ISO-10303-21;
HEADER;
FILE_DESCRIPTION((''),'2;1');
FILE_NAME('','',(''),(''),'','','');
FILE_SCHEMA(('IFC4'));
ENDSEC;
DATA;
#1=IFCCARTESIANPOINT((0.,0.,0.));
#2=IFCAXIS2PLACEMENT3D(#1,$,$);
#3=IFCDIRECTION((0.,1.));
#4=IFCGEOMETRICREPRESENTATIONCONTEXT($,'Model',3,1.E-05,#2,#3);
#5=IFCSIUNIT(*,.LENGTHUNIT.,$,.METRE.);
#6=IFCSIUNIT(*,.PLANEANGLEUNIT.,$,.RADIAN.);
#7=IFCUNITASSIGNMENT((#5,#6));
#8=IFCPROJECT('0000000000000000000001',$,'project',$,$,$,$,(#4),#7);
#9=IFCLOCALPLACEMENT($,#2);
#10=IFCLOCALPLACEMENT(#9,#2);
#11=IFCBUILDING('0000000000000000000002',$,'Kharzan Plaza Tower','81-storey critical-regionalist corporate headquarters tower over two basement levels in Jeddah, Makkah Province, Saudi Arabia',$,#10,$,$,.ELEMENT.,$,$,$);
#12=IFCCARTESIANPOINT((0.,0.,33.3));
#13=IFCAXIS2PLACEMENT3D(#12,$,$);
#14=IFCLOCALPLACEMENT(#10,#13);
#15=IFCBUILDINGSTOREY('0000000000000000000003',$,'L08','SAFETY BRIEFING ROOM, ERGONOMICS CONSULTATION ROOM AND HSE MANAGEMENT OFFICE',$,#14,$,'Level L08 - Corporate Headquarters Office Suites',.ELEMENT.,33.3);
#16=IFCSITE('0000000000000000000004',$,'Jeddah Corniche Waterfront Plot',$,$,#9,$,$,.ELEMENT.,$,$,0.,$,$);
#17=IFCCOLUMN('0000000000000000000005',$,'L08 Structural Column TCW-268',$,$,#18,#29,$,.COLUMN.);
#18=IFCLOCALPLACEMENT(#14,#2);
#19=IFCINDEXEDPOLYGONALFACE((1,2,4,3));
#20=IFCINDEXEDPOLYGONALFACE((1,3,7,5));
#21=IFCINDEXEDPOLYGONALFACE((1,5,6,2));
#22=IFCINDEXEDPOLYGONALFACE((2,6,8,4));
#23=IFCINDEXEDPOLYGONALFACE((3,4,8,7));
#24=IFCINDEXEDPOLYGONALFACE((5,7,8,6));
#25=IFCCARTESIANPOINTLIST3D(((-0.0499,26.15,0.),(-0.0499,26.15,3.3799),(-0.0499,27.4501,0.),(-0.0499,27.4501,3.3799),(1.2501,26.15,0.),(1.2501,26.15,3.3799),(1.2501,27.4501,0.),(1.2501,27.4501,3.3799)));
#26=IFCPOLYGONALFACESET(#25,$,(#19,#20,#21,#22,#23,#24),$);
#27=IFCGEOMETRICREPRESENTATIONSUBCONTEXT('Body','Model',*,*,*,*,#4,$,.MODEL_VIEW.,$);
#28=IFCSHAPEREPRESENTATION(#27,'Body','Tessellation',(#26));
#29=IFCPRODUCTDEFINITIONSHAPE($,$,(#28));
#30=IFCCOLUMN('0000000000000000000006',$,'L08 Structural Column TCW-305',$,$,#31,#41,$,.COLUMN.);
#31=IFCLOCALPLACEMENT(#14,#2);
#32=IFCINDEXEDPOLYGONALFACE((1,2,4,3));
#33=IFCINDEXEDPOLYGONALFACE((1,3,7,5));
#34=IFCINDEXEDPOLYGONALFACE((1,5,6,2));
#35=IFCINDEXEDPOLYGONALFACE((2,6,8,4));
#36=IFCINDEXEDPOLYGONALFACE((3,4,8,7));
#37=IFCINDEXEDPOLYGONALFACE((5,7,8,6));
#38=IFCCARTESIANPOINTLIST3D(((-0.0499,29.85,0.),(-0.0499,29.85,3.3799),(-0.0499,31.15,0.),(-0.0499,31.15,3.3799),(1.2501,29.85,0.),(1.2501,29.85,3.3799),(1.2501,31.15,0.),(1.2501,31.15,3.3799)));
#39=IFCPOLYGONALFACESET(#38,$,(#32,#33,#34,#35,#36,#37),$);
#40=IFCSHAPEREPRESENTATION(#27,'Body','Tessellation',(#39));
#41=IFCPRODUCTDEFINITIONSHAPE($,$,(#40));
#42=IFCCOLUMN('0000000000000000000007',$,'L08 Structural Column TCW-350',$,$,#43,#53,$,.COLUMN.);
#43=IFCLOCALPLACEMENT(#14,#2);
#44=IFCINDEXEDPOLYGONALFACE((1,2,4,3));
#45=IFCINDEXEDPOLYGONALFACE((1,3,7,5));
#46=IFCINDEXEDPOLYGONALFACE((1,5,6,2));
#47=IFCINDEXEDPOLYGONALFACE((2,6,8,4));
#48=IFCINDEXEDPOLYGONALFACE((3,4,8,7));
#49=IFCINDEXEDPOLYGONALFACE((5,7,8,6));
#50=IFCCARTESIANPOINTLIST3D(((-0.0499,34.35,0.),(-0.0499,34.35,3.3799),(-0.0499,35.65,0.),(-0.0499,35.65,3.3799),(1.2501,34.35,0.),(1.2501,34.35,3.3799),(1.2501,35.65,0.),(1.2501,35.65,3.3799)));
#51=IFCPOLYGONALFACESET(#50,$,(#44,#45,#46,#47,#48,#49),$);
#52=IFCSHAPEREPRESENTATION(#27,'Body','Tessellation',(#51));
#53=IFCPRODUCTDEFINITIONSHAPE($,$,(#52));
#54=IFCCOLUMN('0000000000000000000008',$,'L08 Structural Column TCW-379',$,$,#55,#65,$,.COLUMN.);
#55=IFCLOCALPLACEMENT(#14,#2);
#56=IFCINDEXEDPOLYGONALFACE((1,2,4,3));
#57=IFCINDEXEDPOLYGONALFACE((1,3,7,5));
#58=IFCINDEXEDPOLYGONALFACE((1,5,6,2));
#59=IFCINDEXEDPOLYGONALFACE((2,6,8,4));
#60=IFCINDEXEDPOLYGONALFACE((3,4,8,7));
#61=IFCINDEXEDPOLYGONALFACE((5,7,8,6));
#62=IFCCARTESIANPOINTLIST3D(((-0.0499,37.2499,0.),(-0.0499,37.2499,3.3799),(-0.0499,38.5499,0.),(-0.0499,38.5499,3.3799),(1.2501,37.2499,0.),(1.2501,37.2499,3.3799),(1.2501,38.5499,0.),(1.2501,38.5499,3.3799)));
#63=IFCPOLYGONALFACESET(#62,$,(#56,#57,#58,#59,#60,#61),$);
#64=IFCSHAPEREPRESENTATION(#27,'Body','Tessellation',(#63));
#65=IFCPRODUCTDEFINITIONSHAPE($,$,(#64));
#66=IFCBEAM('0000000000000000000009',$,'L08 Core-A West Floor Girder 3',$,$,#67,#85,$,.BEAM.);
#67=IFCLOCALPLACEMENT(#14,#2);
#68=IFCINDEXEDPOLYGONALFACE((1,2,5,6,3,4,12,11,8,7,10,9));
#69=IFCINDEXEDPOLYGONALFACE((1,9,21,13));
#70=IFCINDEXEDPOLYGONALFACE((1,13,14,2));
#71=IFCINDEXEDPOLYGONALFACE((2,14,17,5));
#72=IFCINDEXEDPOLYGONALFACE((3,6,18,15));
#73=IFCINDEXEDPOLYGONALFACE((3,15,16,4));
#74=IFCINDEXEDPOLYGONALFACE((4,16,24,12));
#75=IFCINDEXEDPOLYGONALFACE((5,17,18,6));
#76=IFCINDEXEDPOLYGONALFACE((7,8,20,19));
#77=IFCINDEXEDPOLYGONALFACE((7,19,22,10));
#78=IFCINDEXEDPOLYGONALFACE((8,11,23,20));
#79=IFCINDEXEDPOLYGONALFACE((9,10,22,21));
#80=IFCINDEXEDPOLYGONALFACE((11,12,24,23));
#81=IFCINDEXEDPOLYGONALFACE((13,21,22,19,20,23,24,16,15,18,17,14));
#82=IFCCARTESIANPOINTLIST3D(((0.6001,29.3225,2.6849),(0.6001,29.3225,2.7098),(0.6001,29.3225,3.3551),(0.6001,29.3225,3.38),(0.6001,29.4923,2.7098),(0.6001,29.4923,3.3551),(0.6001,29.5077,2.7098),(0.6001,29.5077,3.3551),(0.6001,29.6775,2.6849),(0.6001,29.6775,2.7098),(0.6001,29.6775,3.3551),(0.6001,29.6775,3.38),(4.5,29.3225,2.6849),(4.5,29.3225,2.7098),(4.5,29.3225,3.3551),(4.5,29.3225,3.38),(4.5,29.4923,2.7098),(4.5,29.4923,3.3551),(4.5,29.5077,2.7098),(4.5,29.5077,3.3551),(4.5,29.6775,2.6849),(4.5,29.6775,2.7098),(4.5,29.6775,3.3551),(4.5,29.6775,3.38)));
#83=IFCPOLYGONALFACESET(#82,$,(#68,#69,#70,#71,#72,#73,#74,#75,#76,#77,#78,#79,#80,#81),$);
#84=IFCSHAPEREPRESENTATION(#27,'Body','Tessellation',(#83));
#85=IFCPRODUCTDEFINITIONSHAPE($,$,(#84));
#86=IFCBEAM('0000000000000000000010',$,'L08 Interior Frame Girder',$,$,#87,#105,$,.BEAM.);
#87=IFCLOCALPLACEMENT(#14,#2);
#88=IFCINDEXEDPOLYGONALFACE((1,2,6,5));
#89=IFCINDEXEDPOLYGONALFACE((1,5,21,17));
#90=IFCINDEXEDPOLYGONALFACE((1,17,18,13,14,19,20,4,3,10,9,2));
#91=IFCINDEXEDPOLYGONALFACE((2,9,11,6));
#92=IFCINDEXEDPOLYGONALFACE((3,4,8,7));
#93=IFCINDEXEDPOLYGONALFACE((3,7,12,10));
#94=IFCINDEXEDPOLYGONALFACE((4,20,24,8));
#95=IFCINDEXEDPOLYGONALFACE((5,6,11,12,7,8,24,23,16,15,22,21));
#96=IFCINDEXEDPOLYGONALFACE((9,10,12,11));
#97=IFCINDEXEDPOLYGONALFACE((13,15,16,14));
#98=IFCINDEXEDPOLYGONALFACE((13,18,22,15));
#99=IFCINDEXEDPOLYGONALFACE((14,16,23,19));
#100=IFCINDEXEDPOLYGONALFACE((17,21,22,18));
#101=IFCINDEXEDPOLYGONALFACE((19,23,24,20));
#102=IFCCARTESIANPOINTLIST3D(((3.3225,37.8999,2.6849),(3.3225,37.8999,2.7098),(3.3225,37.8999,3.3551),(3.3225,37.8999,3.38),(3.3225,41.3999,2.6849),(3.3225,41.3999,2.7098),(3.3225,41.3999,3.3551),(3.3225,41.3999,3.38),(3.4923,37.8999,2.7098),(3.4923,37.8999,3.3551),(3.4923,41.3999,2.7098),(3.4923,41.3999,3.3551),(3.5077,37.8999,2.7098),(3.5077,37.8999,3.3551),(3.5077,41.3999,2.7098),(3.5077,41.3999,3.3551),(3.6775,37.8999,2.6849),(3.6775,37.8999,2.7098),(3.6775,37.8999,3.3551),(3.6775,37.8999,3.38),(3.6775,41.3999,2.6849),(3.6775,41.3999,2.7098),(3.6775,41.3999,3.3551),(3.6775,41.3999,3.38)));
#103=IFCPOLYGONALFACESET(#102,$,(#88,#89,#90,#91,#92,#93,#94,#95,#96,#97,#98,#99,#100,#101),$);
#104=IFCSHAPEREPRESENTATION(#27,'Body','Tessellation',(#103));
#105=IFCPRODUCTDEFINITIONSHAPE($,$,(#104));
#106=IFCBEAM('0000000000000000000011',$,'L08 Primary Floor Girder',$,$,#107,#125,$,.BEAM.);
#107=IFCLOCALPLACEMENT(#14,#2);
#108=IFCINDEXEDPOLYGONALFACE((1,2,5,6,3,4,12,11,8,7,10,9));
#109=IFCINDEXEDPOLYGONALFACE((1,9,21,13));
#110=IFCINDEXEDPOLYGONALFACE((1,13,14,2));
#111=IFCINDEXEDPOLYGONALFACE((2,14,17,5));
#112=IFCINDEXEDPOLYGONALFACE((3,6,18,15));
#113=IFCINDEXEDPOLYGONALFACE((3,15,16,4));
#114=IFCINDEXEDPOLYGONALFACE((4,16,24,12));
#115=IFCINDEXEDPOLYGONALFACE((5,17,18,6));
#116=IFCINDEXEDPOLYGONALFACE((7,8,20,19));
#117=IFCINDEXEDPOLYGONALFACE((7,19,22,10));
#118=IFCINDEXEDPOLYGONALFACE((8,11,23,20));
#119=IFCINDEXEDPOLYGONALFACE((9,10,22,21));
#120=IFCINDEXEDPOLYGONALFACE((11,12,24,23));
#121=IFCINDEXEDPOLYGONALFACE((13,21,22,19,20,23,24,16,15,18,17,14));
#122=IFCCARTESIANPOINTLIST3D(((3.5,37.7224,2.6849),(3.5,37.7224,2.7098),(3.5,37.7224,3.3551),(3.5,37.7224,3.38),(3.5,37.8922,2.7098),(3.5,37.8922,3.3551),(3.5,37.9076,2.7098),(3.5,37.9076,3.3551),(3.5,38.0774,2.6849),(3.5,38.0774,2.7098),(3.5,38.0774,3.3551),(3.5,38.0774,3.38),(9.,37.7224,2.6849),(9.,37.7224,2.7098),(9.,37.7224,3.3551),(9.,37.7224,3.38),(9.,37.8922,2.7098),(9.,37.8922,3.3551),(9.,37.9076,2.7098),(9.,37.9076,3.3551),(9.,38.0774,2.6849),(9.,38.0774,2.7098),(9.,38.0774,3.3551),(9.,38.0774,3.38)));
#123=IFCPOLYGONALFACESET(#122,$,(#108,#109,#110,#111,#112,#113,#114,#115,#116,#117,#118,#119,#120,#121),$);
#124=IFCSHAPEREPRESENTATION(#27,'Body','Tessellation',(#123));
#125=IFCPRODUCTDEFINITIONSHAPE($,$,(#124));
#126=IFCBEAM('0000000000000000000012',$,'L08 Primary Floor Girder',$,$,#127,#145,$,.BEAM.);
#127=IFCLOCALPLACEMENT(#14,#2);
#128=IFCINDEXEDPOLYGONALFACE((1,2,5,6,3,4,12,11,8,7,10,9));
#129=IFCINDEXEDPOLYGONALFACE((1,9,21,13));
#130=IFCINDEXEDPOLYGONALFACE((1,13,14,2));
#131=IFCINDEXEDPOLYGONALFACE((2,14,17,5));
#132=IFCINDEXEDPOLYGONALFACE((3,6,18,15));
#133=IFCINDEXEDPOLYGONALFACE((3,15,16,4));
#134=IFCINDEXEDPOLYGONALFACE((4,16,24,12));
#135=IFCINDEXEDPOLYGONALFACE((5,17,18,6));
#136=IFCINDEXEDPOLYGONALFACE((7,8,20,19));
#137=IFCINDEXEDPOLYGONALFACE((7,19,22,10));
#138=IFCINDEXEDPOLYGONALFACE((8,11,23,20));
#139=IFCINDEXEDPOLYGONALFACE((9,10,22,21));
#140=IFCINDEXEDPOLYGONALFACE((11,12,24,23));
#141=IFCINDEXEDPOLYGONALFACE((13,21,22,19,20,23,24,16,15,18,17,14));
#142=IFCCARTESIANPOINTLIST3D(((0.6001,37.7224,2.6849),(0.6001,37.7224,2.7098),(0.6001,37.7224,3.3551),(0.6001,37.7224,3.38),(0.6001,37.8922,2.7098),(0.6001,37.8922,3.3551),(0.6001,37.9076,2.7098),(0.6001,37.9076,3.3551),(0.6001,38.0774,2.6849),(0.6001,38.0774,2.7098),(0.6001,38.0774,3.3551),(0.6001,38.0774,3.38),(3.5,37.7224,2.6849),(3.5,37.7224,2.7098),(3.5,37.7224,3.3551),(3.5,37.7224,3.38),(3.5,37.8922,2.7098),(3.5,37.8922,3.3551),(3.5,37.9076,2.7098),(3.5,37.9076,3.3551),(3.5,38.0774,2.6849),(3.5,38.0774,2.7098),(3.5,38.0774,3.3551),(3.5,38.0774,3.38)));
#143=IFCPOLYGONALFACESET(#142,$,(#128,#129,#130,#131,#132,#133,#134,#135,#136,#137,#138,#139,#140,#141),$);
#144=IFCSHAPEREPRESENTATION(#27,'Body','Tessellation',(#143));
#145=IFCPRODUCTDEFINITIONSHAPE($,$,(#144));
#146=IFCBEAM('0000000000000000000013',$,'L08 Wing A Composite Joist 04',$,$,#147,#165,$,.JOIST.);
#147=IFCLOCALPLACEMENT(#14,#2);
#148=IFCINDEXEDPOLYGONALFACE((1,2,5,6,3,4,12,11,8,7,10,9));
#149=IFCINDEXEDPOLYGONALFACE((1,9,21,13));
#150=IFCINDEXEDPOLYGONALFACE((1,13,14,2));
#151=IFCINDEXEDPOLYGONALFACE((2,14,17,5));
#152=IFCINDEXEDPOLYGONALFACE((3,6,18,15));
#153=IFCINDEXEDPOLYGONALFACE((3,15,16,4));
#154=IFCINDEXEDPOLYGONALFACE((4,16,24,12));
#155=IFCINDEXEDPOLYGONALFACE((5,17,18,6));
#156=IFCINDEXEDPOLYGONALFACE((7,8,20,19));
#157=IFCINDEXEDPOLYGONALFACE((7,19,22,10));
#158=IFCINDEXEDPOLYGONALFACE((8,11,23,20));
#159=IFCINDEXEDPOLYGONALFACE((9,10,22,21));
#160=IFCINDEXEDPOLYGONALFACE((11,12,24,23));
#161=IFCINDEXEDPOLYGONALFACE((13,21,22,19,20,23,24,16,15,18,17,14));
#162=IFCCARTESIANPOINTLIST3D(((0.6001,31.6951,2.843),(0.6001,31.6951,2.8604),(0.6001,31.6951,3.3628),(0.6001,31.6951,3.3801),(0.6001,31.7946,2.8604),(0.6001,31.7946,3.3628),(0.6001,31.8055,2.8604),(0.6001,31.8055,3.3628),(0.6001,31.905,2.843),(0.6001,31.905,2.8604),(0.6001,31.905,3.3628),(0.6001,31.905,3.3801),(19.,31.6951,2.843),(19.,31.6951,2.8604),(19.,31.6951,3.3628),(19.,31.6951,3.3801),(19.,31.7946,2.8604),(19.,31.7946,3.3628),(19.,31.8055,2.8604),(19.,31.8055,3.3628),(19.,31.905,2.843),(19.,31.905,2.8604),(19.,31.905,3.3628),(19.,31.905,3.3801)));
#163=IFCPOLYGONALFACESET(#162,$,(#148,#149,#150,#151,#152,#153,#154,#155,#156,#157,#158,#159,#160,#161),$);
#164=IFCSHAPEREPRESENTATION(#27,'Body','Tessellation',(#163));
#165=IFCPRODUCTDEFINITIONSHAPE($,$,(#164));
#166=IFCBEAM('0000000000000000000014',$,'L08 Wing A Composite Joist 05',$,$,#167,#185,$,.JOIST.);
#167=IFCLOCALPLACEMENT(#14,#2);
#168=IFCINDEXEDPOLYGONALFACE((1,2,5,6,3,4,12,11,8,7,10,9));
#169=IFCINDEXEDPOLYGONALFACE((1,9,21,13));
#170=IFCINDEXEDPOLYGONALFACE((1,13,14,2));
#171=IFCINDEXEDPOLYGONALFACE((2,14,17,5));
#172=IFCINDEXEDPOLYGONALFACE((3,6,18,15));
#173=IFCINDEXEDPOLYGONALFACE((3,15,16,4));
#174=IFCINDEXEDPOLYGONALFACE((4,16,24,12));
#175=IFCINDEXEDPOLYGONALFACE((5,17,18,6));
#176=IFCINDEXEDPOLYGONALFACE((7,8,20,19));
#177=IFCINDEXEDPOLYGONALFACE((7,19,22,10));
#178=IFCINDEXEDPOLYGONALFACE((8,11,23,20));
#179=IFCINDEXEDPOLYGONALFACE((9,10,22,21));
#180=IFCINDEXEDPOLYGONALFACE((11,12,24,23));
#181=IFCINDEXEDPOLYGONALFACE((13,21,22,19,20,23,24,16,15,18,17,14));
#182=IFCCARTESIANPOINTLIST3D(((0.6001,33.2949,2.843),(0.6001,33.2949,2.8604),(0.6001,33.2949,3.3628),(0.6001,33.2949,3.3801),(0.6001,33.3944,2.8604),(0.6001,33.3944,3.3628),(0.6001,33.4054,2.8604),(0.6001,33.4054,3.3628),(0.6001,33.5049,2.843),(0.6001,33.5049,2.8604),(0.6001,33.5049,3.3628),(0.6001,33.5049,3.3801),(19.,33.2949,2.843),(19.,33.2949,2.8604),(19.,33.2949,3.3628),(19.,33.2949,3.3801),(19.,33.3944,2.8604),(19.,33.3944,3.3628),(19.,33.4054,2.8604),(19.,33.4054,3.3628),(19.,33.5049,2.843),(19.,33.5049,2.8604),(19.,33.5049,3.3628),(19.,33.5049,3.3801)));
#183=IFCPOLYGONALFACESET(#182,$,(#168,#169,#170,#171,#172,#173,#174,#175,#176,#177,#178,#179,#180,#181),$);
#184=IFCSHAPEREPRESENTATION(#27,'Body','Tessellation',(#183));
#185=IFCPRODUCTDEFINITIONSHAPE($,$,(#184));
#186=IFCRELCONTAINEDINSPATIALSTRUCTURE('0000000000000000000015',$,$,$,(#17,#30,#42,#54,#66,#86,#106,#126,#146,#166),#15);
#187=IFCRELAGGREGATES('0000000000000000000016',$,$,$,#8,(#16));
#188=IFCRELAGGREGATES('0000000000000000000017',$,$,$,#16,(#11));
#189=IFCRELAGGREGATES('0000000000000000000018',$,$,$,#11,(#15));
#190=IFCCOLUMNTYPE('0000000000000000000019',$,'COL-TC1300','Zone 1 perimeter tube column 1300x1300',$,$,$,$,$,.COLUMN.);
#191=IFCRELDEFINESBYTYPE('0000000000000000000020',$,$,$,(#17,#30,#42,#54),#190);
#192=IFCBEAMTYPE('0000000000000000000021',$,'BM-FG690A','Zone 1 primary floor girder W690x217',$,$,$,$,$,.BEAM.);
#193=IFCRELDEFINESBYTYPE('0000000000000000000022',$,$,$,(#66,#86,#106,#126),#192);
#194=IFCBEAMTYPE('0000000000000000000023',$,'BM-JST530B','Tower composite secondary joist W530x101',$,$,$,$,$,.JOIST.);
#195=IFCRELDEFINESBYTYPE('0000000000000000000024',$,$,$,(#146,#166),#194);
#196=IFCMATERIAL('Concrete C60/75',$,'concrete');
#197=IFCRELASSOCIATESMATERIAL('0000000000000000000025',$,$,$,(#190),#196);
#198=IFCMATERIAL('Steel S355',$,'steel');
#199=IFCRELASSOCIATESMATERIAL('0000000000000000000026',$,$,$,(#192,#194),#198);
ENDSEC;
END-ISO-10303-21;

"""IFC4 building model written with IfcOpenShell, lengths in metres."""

from ifc_helpers import new_model, si_unit, direction, frame, origin, origin_2d, place, context, subcontext, project, spatial, rectangle, i_section, extrude, source, transform, mapped, material, material_profile, profile_set, type_object, element, save


model = new_model("IFC4")

# Units and contexts
model_context = context("Model", 3, precision=1e-05, world=origin(), true_north=direction((0.0, 1.0)))
body_context = subcontext(model_context, "Body", "Model", "MODEL_VIEW")
ifc_project = project(units=[si_unit("LENGTHUNIT", "METRE"), si_unit("PLANEANGLEUNIT", "RADIAN")], contexts=[model_context])

# Site, building, storey
site_placement = place(None, origin())
site = spatial("IfcSite", under=ifc_project, at=site_placement, Name="Jeddah Corniche Waterfront Plot", CompositionType="ELEMENT", RefElevation=0.0)
building_placement = place(site_placement, origin())
building = spatial("IfcBuilding", under=site, at=building_placement, Name="Kharzan Plaza Tower", Description="81-storey critical-regionalist corporate headquarters tower over two basement levels in Jeddah, Makkah Province, Saudi Arabia", CompositionType="ELEMENT")
storey_placement = place(building_placement, frame((0.0, 0.0, 33.3)))
storey = spatial("IfcBuildingStorey", under=building, at=storey_placement, Name="L08", Description="SAFETY BRIEFING ROOM, ERGONOMICS CONSULTATION ROOM AND HSE MANAGEMENT OFFICE", LongName="Level L08 - Corporate Headquarters Office Suites", CompositionType="ELEMENT", Elevation=33.3)

# Columns
ifc_material_1 = material(Name="Concrete C60/75", Category="concrete")
ifc_material_profile_1 = material_profile(ifc_material_1, rectangle(XDim=1.3, YDim=1.3, at=origin_2d()), Name="RC-TC1300x1300")
ifc_profile_set_1 = profile_set([ifc_material_profile_1], Name="Concrete C60/75")
column_type = type_object("IfcColumnType", Name="COL-TC1300", Description="Zone 1 perimeter tube column 1300x1300", PredefinedType="COLUMN", material=ifc_profile_set_1)
shared_shape_1 = source(origin(), body_context, "Body", "SweptSolid", [
    extrude(rectangle(XDim=1.3, YDim=1.3, at=origin_2d()), origin(), (0.0, 0.0, 1.0), 3.3799),
])
for number, where, z_axis, x_axis, name in (
    (1, (0.6001, 26.8, 0.0), (0.0, 0.0, 1.0), (1.0, 0.0, 0.0), "L08 Structural Column TCW-268"),
    (2, (0.6001, 30.5, 0.0), (0.0, 0.0, 1.0), (1.0, 0.0, 0.0), "L08 Structural Column TCW-305"),
    (3, (0.6001, 35.0, 0.0), (0.0, 0.0, 1.0), (1.0, 0.0, 0.0), "L08 Structural Column TCW-350"),
    (4, (0.6001, 37.8999, 0.0), (0.0, 0.0, 1.0), (1.0, 0.0, 0.0), "L08 Structural Column TCW-379"),
):
    element("IfcColumn", number, at=place(storey_placement, frame(where, z_axis=z_axis, x_axis=x_axis)), inside=storey, type_object=column_type, Name=name, PredefinedType="COLUMN", context=body_context, shape_type="MappedRepresentation", body=[
        mapped(shared_shape_1, transform((0.0, 0.0, 0.0), x_axis=(1.0, 0.0, 0.0), y_axis=(0.0, 1.0, 0.0), z_axis=(0.0, 0.0, 1.0))),
    ])

# Beams
ifc_material_2 = material(Name="Steel S355", Category="steel")
ifc_material_profile_2 = material_profile(ifc_material_2, i_section(OverallWidth=0.355, OverallDepth=0.6951, WebThickness=0.0154, FlangeThickness=0.0249, at=origin_2d()), Name="W690x217")
ifc_profile_set_2 = profile_set([ifc_material_profile_2], Name="Steel S355")
beam_type_1 = type_object("IfcBeamType", Name="BM-FG690A", Description="Zone 1 primary floor girder W690x217", PredefinedType="BEAM", material=ifc_profile_set_2)
shared_shape_2 = source(origin(), body_context, "Body", "SweptSolid", [
    extrude(i_section(OverallWidth=0.355, OverallDepth=0.6951, WebThickness=0.0154, FlangeThickness=0.0249, at=origin_2d()), origin(), (0.0, 0.0, 1.0), 3.8999),
])
beam_1_placement = place(storey_placement, frame((0.6001, 29.5, 3.0325), z_axis=(1.0, 0.0, 0.0), x_axis=(0.0, 1.0, 0.0)))
element("IfcBeam", 5, at=beam_1_placement, inside=storey, type_object=beam_type_1, Name="L08 Core-A West Floor Girder 3", PredefinedType="BEAM", context=body_context, shape_type="MappedRepresentation", body=[
    mapped(shared_shape_2, transform((0.0, 0.0, 0.0), x_axis=(1.0, 0.0, 0.0), y_axis=(0.0, 1.0, 0.0), z_axis=(0.0, 0.0, 1.0))),
])
shared_shape_3 = source(origin(), body_context, "Body", "SweptSolid", [
    extrude(i_section(OverallWidth=0.355, OverallDepth=0.6951, WebThickness=0.0154, FlangeThickness=0.0249, at=origin_2d()), origin(), (0.0, 0.0, 1.0), 3.5),
])
beam_2_placement = place(storey_placement, frame((3.5, 37.8999, 3.0325), z_axis=(0.0, 1.0, 0.0), x_axis=(-1.0, 0.0, 0.0)))
element("IfcBeam", 6, at=beam_2_placement, inside=storey, type_object=beam_type_1, Name="L08 Interior Frame Girder", PredefinedType="BEAM", context=body_context, shape_type="MappedRepresentation", body=[
    mapped(shared_shape_3, transform((0.0, 0.0, 0.0), x_axis=(1.0, 0.0, 0.0), y_axis=(0.0, 1.0, 0.0), z_axis=(0.0, 0.0, 1.0))),
])
shared_shape_4 = source(origin(), body_context, "Body", "SweptSolid", [
    extrude(i_section(OverallWidth=0.355, OverallDepth=0.6951, WebThickness=0.0154, FlangeThickness=0.0249, at=origin_2d()), origin(), (0.0, 0.0, 1.0), 5.5),
])
beam_3_placement = place(storey_placement, frame((3.5, 37.8999, 3.0325), z_axis=(1.0, 0.0, 0.0), x_axis=(0.0, 1.0, 0.0)))
element("IfcBeam", 7, at=beam_3_placement, inside=storey, type_object=beam_type_1, Name="L08 Primary Floor Girder", PredefinedType="BEAM", context=body_context, shape_type="MappedRepresentation", body=[
    mapped(shared_shape_4, transform((0.0, 0.0, 0.0), x_axis=(1.0, 0.0, 0.0), y_axis=(0.0, 1.0, 0.0), z_axis=(0.0, 0.0, 1.0))),
])
shared_shape_5 = source(origin(), body_context, "Body", "SweptSolid", [
    extrude(i_section(OverallWidth=0.355, OverallDepth=0.6951, WebThickness=0.0154, FlangeThickness=0.0249, at=origin_2d()), origin(), (0.0, 0.0, 1.0), 2.8999),
])
beam_4_placement = place(storey_placement, frame((0.6001, 37.8999, 3.0325), z_axis=(1.0, 0.0, 0.0), x_axis=(0.0, 1.0, 0.0)))
element("IfcBeam", 8, at=beam_4_placement, inside=storey, type_object=beam_type_1, Name="L08 Primary Floor Girder", PredefinedType="BEAM", context=body_context, shape_type="MappedRepresentation", body=[
    mapped(shared_shape_5, transform((0.0, 0.0, 0.0), x_axis=(1.0, 0.0, 0.0), y_axis=(0.0, 1.0, 0.0), z_axis=(0.0, 0.0, 1.0))),
])
ifc_material_profile_3 = material_profile(ifc_material_2, i_section(OverallWidth=0.21, OverallDepth=0.5371, WebThickness=0.011, FlangeThickness=0.0173, at=origin_2d()), Name="W530x101")
ifc_profile_set_3 = profile_set([ifc_material_profile_3], Name="Steel S355")
beam_type_2 = type_object("IfcBeamType", Name="BM-JST530B", Description="Tower composite secondary joist W530x101", PredefinedType="JOIST", material=ifc_profile_set_3)
shared_shape_6 = source(origin(), body_context, "Body", "SweptSolid", [
    extrude(i_section(OverallWidth=0.21, OverallDepth=0.5371, WebThickness=0.011, FlangeThickness=0.0173, at=origin_2d()), origin(), (0.0, 0.0, 1.0), 18.3999),
])
for number, where, z_axis, x_axis, name in (
    (9, (0.6001, 31.8, 3.1116), (1.0, 0.0, 0.0), (0.0, 1.0, 0.0), "L08 Wing A Composite Joist 04"),
    (10, (0.6001, 33.3999, 3.1116), (1.0, 0.0, 0.0), (0.0, 1.0, 0.0), "L08 Wing A Composite Joist 05"),
):
    element("IfcBeam", number, at=place(storey_placement, frame(where, z_axis=z_axis, x_axis=x_axis)), inside=storey, type_object=beam_type_2, Name=name, PredefinedType="JOIST", context=body_context, shape_type="MappedRepresentation", body=[
        mapped(shared_shape_6, transform((0.0, 0.0, 0.0), x_axis=(1.0, 0.0, 0.0), y_axis=(0.0, 1.0, 0.0), z_axis=(0.0, 0.0, 1.0))),
    ])

save(model, "model.ifc")
